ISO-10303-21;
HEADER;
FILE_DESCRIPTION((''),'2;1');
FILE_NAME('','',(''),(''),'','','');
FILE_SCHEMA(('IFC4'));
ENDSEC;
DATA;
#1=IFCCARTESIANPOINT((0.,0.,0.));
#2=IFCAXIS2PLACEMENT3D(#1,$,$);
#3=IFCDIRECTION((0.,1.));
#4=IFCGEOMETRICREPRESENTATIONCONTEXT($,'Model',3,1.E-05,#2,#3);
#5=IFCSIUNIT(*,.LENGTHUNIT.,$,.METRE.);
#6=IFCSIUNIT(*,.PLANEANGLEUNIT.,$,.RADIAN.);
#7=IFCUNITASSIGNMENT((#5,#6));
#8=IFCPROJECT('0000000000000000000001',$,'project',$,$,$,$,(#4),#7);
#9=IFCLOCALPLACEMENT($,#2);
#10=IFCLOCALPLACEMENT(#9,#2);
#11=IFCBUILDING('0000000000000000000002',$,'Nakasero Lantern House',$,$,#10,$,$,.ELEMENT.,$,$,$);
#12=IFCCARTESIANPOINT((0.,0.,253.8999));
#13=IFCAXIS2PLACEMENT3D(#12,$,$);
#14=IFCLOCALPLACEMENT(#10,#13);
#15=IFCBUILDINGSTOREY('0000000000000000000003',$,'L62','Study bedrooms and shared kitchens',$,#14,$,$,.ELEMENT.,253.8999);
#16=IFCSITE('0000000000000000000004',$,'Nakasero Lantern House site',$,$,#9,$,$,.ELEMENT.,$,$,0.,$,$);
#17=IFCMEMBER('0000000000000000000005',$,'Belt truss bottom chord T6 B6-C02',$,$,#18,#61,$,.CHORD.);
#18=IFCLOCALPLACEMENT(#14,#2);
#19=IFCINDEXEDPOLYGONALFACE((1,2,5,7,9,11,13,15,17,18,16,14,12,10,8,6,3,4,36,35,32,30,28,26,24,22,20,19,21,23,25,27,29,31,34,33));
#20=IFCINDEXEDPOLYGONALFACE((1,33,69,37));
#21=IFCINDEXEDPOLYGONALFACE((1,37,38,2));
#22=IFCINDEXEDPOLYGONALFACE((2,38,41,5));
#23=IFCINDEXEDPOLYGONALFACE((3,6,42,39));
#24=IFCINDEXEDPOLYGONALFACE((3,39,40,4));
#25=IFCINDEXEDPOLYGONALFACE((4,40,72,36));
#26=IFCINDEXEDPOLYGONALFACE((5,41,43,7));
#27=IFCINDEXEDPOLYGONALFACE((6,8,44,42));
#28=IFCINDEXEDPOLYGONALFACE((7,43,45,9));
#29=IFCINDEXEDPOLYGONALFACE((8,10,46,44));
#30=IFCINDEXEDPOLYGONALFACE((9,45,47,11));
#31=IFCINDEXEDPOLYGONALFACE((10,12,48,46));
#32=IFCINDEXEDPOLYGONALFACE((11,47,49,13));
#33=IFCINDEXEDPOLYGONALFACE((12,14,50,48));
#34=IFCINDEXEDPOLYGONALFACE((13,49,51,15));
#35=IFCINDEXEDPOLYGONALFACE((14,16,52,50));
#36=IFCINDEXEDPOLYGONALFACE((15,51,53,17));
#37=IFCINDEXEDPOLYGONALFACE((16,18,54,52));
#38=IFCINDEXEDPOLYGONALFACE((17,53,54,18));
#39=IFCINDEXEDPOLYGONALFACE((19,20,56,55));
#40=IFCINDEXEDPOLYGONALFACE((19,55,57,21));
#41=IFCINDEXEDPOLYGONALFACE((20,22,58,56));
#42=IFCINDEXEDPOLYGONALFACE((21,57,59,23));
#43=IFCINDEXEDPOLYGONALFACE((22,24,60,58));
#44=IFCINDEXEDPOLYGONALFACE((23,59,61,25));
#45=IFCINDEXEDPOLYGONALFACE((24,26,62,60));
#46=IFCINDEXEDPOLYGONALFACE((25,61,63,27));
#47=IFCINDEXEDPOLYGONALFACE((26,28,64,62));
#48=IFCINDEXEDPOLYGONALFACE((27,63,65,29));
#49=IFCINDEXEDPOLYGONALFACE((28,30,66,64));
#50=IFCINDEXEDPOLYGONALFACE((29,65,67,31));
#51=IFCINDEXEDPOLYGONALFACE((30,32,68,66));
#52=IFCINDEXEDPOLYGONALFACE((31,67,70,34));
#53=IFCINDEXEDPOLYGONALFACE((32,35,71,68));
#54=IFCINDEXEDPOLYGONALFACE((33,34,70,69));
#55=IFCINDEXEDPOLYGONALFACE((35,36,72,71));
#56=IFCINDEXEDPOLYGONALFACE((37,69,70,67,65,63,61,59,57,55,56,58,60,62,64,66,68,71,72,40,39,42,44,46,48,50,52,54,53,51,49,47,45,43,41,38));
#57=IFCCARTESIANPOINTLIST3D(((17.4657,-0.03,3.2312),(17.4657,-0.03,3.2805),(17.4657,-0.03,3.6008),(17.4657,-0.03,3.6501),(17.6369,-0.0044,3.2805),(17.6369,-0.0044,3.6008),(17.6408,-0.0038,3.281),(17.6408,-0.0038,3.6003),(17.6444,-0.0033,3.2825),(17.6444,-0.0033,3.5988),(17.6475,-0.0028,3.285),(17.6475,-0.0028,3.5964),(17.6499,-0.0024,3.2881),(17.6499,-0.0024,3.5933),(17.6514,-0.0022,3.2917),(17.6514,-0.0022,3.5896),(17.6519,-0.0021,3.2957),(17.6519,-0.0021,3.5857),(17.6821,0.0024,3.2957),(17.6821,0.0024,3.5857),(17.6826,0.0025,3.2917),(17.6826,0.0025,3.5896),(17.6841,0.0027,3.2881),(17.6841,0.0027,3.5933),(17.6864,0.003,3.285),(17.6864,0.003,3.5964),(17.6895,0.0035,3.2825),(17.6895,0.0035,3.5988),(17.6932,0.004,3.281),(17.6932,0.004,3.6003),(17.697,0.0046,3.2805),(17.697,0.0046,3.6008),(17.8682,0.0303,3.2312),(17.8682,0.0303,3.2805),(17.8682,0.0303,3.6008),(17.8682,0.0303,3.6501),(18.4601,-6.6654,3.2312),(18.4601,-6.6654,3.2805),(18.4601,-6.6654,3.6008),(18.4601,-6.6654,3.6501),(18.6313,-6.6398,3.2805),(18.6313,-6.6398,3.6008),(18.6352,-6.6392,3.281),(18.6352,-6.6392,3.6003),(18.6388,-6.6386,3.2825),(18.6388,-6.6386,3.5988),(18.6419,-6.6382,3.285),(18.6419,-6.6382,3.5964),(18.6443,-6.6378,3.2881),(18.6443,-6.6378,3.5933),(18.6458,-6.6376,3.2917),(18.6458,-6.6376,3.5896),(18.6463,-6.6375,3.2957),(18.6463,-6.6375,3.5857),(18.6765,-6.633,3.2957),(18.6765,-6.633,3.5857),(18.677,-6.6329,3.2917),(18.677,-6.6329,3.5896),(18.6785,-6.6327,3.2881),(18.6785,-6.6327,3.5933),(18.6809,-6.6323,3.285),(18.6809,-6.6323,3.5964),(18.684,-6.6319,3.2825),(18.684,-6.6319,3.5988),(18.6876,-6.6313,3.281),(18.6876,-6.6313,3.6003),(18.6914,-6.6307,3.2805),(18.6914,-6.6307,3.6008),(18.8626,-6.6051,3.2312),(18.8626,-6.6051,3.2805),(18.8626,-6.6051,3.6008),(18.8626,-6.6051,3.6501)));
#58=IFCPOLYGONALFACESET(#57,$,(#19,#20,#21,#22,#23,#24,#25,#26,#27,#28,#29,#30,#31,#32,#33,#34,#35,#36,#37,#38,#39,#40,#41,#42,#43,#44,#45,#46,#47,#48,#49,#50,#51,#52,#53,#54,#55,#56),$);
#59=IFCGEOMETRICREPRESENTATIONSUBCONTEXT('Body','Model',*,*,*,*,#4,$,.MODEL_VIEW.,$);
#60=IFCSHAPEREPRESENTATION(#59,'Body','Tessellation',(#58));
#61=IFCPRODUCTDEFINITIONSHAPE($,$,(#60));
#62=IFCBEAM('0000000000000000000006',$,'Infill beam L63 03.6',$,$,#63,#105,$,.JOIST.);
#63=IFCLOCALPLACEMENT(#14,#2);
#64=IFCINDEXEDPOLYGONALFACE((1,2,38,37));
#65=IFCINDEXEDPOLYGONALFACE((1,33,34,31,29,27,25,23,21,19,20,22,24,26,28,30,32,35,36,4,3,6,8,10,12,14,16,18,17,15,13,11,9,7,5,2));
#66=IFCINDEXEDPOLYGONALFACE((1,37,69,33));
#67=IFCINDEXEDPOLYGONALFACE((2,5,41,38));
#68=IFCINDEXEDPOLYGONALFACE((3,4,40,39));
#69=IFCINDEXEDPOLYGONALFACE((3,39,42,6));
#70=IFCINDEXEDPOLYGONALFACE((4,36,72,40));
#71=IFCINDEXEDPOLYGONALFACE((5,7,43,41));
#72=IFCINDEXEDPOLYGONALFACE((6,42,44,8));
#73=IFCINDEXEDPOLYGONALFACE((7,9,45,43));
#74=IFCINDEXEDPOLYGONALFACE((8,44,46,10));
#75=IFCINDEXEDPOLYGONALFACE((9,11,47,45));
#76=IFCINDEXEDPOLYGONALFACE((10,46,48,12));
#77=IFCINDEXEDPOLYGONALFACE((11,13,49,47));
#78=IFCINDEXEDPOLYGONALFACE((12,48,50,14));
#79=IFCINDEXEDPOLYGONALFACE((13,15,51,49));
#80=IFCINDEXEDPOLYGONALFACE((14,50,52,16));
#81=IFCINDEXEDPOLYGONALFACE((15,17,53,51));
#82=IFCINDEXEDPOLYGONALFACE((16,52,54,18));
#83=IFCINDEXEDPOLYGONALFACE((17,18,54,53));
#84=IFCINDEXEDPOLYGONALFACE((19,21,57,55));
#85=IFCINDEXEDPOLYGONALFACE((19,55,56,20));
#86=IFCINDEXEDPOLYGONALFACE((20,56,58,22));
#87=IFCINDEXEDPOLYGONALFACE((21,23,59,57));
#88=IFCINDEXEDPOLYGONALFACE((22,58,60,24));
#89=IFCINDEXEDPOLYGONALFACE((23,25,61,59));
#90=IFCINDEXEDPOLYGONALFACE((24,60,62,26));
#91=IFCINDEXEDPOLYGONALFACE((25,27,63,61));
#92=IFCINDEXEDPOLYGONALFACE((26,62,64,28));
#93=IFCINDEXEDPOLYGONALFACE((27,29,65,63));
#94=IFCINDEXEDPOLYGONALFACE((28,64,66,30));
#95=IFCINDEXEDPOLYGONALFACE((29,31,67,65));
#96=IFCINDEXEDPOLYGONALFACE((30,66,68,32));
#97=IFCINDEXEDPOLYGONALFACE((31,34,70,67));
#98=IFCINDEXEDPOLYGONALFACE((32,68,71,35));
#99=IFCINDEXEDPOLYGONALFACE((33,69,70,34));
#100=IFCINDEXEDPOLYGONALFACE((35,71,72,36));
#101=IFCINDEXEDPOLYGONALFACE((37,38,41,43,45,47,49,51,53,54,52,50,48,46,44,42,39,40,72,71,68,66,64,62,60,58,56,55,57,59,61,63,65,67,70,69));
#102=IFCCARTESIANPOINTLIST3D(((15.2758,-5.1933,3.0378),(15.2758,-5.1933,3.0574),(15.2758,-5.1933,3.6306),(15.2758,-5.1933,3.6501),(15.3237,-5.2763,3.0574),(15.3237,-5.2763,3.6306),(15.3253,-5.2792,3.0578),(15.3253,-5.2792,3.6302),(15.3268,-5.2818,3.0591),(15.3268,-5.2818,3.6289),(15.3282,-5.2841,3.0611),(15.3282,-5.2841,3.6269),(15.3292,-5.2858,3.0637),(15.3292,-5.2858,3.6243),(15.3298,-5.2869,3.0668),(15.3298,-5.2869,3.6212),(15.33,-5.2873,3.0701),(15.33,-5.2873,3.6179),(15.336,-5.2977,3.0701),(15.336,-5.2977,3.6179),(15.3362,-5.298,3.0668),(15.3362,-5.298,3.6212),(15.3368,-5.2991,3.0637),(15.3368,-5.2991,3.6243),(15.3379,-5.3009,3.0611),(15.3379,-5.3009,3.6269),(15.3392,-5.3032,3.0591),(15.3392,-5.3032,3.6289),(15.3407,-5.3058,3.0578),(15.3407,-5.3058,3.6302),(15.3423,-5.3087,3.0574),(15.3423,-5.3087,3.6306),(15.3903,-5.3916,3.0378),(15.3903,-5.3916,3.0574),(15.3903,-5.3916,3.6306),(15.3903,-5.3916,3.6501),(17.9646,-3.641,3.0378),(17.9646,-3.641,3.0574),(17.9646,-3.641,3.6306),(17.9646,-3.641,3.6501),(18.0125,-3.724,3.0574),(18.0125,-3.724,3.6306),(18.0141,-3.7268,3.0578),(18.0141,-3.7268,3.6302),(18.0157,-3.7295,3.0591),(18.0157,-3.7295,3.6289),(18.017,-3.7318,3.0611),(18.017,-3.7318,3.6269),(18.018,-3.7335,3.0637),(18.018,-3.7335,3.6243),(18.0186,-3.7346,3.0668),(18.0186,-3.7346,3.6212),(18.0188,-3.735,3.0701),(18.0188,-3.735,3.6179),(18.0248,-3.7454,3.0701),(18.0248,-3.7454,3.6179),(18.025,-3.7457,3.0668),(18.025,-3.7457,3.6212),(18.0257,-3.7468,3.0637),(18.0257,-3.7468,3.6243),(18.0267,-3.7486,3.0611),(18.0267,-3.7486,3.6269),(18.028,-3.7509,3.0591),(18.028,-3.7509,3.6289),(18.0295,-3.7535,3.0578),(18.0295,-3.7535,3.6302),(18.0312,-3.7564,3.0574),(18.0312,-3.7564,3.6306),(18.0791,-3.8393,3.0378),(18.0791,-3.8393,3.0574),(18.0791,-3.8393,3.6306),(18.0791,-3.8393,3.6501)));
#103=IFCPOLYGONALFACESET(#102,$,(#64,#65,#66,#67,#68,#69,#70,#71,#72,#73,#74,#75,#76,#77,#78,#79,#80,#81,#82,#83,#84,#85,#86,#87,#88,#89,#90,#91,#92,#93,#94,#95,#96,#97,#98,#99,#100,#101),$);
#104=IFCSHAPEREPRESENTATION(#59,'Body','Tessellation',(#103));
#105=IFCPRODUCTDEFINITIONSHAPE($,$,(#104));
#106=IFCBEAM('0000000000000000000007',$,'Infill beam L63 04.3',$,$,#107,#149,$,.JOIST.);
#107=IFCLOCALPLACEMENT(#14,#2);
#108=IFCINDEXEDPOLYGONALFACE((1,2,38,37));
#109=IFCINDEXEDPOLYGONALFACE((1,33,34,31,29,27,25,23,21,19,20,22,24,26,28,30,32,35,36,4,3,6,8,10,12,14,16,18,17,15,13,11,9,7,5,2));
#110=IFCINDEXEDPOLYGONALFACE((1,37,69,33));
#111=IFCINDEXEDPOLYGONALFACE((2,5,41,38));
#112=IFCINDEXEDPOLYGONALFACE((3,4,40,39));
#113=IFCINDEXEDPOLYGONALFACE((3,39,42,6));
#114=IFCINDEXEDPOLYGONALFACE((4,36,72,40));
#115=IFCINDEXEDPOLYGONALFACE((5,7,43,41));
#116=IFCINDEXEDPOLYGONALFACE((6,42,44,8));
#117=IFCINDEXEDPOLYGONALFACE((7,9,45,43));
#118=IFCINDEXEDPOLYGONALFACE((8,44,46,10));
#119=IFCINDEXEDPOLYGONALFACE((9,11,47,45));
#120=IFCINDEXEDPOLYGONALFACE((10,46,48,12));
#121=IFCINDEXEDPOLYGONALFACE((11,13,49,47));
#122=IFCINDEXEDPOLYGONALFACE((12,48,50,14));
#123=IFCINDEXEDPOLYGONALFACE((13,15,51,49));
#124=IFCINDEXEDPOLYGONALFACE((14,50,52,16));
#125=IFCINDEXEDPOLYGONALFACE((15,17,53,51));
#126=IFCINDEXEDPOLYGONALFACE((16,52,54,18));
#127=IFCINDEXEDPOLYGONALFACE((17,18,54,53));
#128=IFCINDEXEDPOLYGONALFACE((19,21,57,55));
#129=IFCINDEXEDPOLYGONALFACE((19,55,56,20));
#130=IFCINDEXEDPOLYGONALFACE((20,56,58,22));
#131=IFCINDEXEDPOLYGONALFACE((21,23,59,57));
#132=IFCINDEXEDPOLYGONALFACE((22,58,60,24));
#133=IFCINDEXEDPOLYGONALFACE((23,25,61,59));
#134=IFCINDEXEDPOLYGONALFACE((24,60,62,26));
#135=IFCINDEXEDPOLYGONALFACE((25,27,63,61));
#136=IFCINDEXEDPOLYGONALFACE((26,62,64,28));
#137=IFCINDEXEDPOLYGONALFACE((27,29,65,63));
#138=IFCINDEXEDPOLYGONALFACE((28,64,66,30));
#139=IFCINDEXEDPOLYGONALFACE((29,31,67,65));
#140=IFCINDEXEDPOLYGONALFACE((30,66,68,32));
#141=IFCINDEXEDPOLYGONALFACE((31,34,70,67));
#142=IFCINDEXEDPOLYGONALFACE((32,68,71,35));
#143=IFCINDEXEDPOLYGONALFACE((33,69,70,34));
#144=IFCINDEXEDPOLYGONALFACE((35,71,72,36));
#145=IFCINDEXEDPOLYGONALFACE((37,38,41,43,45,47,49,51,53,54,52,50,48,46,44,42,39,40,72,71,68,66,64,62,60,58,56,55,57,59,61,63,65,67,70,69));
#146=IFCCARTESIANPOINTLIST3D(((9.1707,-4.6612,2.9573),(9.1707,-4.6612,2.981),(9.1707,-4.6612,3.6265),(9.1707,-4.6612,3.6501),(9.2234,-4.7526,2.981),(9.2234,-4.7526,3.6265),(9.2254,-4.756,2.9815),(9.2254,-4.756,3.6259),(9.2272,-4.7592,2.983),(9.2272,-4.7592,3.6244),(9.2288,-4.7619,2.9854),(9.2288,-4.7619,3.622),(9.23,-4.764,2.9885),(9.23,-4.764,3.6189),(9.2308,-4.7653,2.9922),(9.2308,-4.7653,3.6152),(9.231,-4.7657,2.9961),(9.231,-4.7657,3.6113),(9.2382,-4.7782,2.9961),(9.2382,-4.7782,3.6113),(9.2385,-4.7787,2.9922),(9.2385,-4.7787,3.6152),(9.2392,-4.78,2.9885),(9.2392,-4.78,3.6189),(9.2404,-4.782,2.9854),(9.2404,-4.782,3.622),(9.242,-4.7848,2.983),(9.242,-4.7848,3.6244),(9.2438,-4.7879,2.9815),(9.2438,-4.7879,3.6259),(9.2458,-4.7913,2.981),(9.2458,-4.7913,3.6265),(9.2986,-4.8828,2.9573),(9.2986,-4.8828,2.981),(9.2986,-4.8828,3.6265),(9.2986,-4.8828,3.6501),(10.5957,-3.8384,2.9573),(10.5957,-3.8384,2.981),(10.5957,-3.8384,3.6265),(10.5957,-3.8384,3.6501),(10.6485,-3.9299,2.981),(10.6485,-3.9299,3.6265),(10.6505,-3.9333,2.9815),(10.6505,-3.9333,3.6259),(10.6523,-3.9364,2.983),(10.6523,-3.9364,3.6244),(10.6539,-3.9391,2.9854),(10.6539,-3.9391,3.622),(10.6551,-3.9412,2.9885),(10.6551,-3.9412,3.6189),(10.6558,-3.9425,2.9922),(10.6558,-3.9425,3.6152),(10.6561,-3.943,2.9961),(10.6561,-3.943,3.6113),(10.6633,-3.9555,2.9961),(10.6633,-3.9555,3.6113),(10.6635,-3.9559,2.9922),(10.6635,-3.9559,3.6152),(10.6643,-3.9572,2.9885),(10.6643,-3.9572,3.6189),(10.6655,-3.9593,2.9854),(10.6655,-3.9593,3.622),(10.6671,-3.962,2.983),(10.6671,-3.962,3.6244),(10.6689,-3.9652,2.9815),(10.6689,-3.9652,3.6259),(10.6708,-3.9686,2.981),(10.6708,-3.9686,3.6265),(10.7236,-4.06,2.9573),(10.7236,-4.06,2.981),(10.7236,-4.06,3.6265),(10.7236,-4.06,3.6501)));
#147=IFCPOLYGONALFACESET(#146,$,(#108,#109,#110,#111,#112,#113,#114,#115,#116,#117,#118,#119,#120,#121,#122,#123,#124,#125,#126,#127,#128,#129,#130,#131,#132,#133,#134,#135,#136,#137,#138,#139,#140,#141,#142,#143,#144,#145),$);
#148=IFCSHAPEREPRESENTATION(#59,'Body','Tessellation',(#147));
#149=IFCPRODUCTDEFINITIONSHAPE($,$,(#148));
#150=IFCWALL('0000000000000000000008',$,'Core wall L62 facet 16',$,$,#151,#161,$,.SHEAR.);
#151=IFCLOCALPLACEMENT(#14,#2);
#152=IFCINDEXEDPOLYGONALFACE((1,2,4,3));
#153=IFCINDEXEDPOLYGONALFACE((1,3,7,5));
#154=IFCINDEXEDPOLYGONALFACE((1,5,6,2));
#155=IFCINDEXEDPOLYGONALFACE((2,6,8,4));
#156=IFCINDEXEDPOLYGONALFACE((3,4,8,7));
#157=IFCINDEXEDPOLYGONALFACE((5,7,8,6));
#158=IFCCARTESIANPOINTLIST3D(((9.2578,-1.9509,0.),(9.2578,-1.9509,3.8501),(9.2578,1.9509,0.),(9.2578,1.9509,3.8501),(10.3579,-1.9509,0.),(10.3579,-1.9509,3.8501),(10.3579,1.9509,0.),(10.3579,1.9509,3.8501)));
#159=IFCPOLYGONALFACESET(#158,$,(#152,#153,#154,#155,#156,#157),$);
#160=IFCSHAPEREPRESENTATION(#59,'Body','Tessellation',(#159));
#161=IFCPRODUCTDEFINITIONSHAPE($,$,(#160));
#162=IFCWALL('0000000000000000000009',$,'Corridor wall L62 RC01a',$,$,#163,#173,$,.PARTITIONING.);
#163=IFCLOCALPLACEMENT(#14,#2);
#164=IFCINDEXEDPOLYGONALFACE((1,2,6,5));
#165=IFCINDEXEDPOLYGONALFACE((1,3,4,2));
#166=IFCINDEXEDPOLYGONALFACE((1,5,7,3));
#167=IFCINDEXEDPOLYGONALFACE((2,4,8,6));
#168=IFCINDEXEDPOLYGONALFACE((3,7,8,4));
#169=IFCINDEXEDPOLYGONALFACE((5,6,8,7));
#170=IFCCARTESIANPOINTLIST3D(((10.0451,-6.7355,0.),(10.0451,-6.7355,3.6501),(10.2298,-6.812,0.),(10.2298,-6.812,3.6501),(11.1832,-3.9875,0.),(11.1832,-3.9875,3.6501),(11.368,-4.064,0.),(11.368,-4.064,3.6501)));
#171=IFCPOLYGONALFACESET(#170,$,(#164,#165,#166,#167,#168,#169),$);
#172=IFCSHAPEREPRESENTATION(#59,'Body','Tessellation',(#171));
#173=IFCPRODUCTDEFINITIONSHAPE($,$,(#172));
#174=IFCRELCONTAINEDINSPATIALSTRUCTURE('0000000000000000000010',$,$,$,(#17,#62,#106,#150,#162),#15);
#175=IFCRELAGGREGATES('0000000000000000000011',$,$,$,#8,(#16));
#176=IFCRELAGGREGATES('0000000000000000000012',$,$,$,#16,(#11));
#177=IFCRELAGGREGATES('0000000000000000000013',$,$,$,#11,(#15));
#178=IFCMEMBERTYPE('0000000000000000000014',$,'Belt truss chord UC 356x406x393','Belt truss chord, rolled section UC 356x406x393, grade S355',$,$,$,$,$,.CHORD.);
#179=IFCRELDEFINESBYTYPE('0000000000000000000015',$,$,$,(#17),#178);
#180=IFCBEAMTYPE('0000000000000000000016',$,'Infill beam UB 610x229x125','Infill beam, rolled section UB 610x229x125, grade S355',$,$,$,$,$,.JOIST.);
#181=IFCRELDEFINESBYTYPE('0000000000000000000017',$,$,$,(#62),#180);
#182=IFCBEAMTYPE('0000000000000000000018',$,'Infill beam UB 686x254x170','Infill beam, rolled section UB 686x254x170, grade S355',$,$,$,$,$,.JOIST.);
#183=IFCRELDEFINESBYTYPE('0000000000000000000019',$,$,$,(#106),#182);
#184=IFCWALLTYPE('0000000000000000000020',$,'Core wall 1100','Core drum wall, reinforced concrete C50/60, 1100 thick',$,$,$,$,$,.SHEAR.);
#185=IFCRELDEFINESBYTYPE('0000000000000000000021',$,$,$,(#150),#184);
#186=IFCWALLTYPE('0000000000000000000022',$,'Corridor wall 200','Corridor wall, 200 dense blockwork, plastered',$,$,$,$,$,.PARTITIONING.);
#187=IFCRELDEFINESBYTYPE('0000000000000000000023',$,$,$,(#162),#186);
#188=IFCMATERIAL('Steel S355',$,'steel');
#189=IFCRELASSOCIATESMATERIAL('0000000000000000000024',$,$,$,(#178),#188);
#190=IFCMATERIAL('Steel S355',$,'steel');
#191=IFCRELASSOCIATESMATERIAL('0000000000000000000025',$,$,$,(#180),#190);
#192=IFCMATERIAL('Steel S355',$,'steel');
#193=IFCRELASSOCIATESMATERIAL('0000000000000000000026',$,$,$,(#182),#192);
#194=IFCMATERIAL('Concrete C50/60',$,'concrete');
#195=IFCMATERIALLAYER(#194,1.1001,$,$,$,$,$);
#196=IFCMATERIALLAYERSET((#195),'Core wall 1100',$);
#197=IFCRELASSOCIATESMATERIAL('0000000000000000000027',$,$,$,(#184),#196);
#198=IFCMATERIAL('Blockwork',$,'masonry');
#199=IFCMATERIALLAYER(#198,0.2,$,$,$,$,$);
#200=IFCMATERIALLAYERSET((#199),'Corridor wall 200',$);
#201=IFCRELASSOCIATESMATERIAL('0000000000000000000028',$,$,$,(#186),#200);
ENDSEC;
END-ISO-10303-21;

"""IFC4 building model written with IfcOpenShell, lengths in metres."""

from ifc_helpers import new_model, si_unit, direction, frame, frame_2d, origin, origin_2d, place, context, subcontext, project, spatial, rectangle, i_section, extrude, material, layer, layer_set, material_profile, profile_set, type_object, element, save


model = new_model("IFC4")

# Units and contexts
model_context = context("Model", 3, precision=1e-05, world=origin(), true_north=direction((0.0, 1.0)))
body_context = subcontext(model_context, "Body", "Model", "MODEL_VIEW")
ifc_project = project(units=[si_unit("LENGTHUNIT", "METRE"), si_unit("PLANEANGLEUNIT", "RADIAN")], contexts=[model_context])

# Site, building, storey
site_placement = place(None, origin())
site = spatial("IfcSite", under=ifc_project, at=site_placement, Name="Nakasero Lantern House site", CompositionType="ELEMENT", RefElevation=0.0)
building_placement = place(site_placement, origin())
building = spatial("IfcBuilding", under=site, at=building_placement, Name="Nakasero Lantern House", CompositionType="ELEMENT")
storey_placement = place(building_placement, frame((0.0, 0.0, 253.8999)))
storey = spatial("IfcBuildingStorey", under=building, at=storey_placement, Name="L62", Description="Study bedrooms and shared kitchens", CompositionType="ELEMENT", Elevation=253.8999)

# Member
ifc_material_1 = material(Name="Steel S355", Category="steel")
ifc_material_profile_1 = material_profile(ifc_material_1, i_section(OverallWidth=0.407, OverallDepth=0.4189, WebThickness=0.0305, FlangeThickness=0.0493, FilletRadius=0.0151, at=origin_2d()), Name="UC 356x406x393")
ifc_profile_set_1 = profile_set([ifc_material_profile_1], Name="Steel S355")
member_type = type_object("IfcMemberType", Name="Belt truss chord UC 356x406x393", Description="Belt truss chord, rolled section UC 356x406x393, grade S355", PredefinedType="CHORD", material=ifc_profile_set_1)
member_placement = place(storey_placement, frame((18.6614, -6.6353, 3.4407), z_axis=(-0.148209, 0.988956, 0.0), x_axis=(-0.988956, -0.148209, 0.0)))
element("IfcMember", 1, at=member_placement, inside=storey, type_object=member_type, Name="Belt truss bottom chord T6 B6-C02", PredefinedType="CHORD", context=body_context, shape_type="SweptSolid", body=[
    extrude(i_section(OverallWidth=0.407, OverallDepth=0.4189, WebThickness=0.0305, FlangeThickness=0.0493, FilletRadius=0.0151, at=origin_2d()), origin(), (0.0, 0.0, 1.0), 6.7095),
])

# Beams
ifc_material_2 = material(Name="Steel S355", Category="steel")
ifc_material_profile_2 = material_profile(ifc_material_2, i_section(OverallWidth=0.229, OverallDepth=0.6123, WebThickness=0.012, FlangeThickness=0.0195, FilletRadius=0.0127, at=origin_2d()), Name="UB 610x229x125")
ifc_profile_set_2 = profile_set([ifc_material_profile_2], Name="Steel S355")
beam_type_1 = type_object("IfcBeamType", Name="Infill beam UB 610x229x125", Description="Infill beam, rolled section UB 610x229x125, grade S355", PredefinedType="JOIST", material=ifc_profile_set_2)
beam_1_placement = place(storey_placement, frame((15.333, -5.2925, 3.344), z_axis=(0.866038, 0.499979, 0.0), x_axis=(-0.499979, 0.866038, 0.0)))
element("IfcBeam", 2, at=beam_1_placement, inside=storey, type_object=beam_type_1, Name="Infill beam L63 03.6", PredefinedType="JOIST", context=body_context, shape_type="SweptSolid", body=[
    extrude(i_section(OverallWidth=0.229, OverallDepth=0.6123, WebThickness=0.012, FlangeThickness=0.0195, FilletRadius=0.0127, at=origin_2d()), origin(), (0.0, 0.0, 1.0), 3.1047),
])
ifc_material_3 = material(Name="Steel S355", Category="steel")
ifc_material_profile_3 = material_profile(ifc_material_3, i_section(OverallWidth=0.2559, OverallDepth=0.6929, WebThickness=0.0144, FlangeThickness=0.0237, FilletRadius=0.0151, at=origin_2d()), Name="UB 686x254x170")
ifc_profile_set_3 = profile_set([ifc_material_profile_3], Name="Steel S355")
beam_type_2 = type_object("IfcBeamType", Name="Infill beam UB 686x254x170", Description="Infill beam, rolled section UB 686x254x170, grade S355", PredefinedType="JOIST", material=ifc_profile_set_3)
beam_2_placement = place(storey_placement, frame((9.2346, -4.772, 3.3037), z_axis=(0.866025, 0.500001, 0.0), x_axis=(-0.500001, 0.866025, 0.0)))
element("IfcBeam", 3, at=beam_2_placement, inside=storey, type_object=beam_type_2, Name="Infill beam L63 04.3", PredefinedType="JOIST", context=body_context, shape_type="SweptSolid", body=[
    extrude(i_section(OverallWidth=0.2559, OverallDepth=0.6929, WebThickness=0.0144, FlangeThickness=0.0237, FilletRadius=0.0151, at=origin_2d()), origin(), (0.0, 0.0, 1.0), 1.6455),
])

# Walls
ifc_material_4 = material(Name="Concrete C50/60", Category="concrete")
ifc_layer_1 = layer(ifc_material_4, 1.1001)
ifc_layer_set_1 = layer_set([ifc_layer_1], Name="Core wall 1100")
wall_type_1 = type_object("IfcWallType", Name="Core wall 1100", Description="Core drum wall, reinforced concrete C50/60, 1100 thick", PredefinedType="SHEAR", material=ifc_layer_set_1)
wall_1_placement = place(storey_placement, frame((9.8079, -1.9509, 0.0), z_axis=(0.0, 0.0, 1.0), x_axis=(0.0, 1.0, 0.0)))
element("IfcWall", 4, at=wall_1_placement, inside=storey, type_object=wall_type_1, Name="Core wall L62 facet 16", PredefinedType="SHEAR", context=body_context, shape_type="SweptSolid", body=[
    extrude(rectangle(XDim=3.9019, YDim=1.1001, at=frame_2d((1.9509, 0.0))), origin(), (0.0, 0.0, 1.0), 3.8501),
])
ifc_material_5 = material(Name="Blockwork", Category="masonry")
ifc_layer_2 = layer(ifc_material_5, 0.2)
ifc_layer_set_2 = layer_set([ifc_layer_2], Name="Corridor wall 200")
wall_type_2 = type_object("IfcWallType", Name="Corridor wall 200", Description="Corridor wall, 200 dense blockwork, plastered", PredefinedType="PARTITIONING", material=ifc_layer_set_2)
wall_2_placement = place(storey_placement, frame((11.2756, -4.0256, 0.0), z_axis=(0.0, 0.0, 1.0), x_axis=(-0.382656, -0.923891, 0.0)))
element("IfcWall", 5, at=wall_2_placement, inside=storey, type_object=wall_type_2, Name="Corridor wall L62 RC01a", PredefinedType="PARTITIONING", context=body_context, shape_type="SweptSolid", body=[
    extrude(rectangle(XDim=2.9744, YDim=0.2, at=frame_2d((1.4873, 0.0))), origin(), (0.0, 0.0, 1.0), 3.6501),
])

save(model, "model.ifc")
